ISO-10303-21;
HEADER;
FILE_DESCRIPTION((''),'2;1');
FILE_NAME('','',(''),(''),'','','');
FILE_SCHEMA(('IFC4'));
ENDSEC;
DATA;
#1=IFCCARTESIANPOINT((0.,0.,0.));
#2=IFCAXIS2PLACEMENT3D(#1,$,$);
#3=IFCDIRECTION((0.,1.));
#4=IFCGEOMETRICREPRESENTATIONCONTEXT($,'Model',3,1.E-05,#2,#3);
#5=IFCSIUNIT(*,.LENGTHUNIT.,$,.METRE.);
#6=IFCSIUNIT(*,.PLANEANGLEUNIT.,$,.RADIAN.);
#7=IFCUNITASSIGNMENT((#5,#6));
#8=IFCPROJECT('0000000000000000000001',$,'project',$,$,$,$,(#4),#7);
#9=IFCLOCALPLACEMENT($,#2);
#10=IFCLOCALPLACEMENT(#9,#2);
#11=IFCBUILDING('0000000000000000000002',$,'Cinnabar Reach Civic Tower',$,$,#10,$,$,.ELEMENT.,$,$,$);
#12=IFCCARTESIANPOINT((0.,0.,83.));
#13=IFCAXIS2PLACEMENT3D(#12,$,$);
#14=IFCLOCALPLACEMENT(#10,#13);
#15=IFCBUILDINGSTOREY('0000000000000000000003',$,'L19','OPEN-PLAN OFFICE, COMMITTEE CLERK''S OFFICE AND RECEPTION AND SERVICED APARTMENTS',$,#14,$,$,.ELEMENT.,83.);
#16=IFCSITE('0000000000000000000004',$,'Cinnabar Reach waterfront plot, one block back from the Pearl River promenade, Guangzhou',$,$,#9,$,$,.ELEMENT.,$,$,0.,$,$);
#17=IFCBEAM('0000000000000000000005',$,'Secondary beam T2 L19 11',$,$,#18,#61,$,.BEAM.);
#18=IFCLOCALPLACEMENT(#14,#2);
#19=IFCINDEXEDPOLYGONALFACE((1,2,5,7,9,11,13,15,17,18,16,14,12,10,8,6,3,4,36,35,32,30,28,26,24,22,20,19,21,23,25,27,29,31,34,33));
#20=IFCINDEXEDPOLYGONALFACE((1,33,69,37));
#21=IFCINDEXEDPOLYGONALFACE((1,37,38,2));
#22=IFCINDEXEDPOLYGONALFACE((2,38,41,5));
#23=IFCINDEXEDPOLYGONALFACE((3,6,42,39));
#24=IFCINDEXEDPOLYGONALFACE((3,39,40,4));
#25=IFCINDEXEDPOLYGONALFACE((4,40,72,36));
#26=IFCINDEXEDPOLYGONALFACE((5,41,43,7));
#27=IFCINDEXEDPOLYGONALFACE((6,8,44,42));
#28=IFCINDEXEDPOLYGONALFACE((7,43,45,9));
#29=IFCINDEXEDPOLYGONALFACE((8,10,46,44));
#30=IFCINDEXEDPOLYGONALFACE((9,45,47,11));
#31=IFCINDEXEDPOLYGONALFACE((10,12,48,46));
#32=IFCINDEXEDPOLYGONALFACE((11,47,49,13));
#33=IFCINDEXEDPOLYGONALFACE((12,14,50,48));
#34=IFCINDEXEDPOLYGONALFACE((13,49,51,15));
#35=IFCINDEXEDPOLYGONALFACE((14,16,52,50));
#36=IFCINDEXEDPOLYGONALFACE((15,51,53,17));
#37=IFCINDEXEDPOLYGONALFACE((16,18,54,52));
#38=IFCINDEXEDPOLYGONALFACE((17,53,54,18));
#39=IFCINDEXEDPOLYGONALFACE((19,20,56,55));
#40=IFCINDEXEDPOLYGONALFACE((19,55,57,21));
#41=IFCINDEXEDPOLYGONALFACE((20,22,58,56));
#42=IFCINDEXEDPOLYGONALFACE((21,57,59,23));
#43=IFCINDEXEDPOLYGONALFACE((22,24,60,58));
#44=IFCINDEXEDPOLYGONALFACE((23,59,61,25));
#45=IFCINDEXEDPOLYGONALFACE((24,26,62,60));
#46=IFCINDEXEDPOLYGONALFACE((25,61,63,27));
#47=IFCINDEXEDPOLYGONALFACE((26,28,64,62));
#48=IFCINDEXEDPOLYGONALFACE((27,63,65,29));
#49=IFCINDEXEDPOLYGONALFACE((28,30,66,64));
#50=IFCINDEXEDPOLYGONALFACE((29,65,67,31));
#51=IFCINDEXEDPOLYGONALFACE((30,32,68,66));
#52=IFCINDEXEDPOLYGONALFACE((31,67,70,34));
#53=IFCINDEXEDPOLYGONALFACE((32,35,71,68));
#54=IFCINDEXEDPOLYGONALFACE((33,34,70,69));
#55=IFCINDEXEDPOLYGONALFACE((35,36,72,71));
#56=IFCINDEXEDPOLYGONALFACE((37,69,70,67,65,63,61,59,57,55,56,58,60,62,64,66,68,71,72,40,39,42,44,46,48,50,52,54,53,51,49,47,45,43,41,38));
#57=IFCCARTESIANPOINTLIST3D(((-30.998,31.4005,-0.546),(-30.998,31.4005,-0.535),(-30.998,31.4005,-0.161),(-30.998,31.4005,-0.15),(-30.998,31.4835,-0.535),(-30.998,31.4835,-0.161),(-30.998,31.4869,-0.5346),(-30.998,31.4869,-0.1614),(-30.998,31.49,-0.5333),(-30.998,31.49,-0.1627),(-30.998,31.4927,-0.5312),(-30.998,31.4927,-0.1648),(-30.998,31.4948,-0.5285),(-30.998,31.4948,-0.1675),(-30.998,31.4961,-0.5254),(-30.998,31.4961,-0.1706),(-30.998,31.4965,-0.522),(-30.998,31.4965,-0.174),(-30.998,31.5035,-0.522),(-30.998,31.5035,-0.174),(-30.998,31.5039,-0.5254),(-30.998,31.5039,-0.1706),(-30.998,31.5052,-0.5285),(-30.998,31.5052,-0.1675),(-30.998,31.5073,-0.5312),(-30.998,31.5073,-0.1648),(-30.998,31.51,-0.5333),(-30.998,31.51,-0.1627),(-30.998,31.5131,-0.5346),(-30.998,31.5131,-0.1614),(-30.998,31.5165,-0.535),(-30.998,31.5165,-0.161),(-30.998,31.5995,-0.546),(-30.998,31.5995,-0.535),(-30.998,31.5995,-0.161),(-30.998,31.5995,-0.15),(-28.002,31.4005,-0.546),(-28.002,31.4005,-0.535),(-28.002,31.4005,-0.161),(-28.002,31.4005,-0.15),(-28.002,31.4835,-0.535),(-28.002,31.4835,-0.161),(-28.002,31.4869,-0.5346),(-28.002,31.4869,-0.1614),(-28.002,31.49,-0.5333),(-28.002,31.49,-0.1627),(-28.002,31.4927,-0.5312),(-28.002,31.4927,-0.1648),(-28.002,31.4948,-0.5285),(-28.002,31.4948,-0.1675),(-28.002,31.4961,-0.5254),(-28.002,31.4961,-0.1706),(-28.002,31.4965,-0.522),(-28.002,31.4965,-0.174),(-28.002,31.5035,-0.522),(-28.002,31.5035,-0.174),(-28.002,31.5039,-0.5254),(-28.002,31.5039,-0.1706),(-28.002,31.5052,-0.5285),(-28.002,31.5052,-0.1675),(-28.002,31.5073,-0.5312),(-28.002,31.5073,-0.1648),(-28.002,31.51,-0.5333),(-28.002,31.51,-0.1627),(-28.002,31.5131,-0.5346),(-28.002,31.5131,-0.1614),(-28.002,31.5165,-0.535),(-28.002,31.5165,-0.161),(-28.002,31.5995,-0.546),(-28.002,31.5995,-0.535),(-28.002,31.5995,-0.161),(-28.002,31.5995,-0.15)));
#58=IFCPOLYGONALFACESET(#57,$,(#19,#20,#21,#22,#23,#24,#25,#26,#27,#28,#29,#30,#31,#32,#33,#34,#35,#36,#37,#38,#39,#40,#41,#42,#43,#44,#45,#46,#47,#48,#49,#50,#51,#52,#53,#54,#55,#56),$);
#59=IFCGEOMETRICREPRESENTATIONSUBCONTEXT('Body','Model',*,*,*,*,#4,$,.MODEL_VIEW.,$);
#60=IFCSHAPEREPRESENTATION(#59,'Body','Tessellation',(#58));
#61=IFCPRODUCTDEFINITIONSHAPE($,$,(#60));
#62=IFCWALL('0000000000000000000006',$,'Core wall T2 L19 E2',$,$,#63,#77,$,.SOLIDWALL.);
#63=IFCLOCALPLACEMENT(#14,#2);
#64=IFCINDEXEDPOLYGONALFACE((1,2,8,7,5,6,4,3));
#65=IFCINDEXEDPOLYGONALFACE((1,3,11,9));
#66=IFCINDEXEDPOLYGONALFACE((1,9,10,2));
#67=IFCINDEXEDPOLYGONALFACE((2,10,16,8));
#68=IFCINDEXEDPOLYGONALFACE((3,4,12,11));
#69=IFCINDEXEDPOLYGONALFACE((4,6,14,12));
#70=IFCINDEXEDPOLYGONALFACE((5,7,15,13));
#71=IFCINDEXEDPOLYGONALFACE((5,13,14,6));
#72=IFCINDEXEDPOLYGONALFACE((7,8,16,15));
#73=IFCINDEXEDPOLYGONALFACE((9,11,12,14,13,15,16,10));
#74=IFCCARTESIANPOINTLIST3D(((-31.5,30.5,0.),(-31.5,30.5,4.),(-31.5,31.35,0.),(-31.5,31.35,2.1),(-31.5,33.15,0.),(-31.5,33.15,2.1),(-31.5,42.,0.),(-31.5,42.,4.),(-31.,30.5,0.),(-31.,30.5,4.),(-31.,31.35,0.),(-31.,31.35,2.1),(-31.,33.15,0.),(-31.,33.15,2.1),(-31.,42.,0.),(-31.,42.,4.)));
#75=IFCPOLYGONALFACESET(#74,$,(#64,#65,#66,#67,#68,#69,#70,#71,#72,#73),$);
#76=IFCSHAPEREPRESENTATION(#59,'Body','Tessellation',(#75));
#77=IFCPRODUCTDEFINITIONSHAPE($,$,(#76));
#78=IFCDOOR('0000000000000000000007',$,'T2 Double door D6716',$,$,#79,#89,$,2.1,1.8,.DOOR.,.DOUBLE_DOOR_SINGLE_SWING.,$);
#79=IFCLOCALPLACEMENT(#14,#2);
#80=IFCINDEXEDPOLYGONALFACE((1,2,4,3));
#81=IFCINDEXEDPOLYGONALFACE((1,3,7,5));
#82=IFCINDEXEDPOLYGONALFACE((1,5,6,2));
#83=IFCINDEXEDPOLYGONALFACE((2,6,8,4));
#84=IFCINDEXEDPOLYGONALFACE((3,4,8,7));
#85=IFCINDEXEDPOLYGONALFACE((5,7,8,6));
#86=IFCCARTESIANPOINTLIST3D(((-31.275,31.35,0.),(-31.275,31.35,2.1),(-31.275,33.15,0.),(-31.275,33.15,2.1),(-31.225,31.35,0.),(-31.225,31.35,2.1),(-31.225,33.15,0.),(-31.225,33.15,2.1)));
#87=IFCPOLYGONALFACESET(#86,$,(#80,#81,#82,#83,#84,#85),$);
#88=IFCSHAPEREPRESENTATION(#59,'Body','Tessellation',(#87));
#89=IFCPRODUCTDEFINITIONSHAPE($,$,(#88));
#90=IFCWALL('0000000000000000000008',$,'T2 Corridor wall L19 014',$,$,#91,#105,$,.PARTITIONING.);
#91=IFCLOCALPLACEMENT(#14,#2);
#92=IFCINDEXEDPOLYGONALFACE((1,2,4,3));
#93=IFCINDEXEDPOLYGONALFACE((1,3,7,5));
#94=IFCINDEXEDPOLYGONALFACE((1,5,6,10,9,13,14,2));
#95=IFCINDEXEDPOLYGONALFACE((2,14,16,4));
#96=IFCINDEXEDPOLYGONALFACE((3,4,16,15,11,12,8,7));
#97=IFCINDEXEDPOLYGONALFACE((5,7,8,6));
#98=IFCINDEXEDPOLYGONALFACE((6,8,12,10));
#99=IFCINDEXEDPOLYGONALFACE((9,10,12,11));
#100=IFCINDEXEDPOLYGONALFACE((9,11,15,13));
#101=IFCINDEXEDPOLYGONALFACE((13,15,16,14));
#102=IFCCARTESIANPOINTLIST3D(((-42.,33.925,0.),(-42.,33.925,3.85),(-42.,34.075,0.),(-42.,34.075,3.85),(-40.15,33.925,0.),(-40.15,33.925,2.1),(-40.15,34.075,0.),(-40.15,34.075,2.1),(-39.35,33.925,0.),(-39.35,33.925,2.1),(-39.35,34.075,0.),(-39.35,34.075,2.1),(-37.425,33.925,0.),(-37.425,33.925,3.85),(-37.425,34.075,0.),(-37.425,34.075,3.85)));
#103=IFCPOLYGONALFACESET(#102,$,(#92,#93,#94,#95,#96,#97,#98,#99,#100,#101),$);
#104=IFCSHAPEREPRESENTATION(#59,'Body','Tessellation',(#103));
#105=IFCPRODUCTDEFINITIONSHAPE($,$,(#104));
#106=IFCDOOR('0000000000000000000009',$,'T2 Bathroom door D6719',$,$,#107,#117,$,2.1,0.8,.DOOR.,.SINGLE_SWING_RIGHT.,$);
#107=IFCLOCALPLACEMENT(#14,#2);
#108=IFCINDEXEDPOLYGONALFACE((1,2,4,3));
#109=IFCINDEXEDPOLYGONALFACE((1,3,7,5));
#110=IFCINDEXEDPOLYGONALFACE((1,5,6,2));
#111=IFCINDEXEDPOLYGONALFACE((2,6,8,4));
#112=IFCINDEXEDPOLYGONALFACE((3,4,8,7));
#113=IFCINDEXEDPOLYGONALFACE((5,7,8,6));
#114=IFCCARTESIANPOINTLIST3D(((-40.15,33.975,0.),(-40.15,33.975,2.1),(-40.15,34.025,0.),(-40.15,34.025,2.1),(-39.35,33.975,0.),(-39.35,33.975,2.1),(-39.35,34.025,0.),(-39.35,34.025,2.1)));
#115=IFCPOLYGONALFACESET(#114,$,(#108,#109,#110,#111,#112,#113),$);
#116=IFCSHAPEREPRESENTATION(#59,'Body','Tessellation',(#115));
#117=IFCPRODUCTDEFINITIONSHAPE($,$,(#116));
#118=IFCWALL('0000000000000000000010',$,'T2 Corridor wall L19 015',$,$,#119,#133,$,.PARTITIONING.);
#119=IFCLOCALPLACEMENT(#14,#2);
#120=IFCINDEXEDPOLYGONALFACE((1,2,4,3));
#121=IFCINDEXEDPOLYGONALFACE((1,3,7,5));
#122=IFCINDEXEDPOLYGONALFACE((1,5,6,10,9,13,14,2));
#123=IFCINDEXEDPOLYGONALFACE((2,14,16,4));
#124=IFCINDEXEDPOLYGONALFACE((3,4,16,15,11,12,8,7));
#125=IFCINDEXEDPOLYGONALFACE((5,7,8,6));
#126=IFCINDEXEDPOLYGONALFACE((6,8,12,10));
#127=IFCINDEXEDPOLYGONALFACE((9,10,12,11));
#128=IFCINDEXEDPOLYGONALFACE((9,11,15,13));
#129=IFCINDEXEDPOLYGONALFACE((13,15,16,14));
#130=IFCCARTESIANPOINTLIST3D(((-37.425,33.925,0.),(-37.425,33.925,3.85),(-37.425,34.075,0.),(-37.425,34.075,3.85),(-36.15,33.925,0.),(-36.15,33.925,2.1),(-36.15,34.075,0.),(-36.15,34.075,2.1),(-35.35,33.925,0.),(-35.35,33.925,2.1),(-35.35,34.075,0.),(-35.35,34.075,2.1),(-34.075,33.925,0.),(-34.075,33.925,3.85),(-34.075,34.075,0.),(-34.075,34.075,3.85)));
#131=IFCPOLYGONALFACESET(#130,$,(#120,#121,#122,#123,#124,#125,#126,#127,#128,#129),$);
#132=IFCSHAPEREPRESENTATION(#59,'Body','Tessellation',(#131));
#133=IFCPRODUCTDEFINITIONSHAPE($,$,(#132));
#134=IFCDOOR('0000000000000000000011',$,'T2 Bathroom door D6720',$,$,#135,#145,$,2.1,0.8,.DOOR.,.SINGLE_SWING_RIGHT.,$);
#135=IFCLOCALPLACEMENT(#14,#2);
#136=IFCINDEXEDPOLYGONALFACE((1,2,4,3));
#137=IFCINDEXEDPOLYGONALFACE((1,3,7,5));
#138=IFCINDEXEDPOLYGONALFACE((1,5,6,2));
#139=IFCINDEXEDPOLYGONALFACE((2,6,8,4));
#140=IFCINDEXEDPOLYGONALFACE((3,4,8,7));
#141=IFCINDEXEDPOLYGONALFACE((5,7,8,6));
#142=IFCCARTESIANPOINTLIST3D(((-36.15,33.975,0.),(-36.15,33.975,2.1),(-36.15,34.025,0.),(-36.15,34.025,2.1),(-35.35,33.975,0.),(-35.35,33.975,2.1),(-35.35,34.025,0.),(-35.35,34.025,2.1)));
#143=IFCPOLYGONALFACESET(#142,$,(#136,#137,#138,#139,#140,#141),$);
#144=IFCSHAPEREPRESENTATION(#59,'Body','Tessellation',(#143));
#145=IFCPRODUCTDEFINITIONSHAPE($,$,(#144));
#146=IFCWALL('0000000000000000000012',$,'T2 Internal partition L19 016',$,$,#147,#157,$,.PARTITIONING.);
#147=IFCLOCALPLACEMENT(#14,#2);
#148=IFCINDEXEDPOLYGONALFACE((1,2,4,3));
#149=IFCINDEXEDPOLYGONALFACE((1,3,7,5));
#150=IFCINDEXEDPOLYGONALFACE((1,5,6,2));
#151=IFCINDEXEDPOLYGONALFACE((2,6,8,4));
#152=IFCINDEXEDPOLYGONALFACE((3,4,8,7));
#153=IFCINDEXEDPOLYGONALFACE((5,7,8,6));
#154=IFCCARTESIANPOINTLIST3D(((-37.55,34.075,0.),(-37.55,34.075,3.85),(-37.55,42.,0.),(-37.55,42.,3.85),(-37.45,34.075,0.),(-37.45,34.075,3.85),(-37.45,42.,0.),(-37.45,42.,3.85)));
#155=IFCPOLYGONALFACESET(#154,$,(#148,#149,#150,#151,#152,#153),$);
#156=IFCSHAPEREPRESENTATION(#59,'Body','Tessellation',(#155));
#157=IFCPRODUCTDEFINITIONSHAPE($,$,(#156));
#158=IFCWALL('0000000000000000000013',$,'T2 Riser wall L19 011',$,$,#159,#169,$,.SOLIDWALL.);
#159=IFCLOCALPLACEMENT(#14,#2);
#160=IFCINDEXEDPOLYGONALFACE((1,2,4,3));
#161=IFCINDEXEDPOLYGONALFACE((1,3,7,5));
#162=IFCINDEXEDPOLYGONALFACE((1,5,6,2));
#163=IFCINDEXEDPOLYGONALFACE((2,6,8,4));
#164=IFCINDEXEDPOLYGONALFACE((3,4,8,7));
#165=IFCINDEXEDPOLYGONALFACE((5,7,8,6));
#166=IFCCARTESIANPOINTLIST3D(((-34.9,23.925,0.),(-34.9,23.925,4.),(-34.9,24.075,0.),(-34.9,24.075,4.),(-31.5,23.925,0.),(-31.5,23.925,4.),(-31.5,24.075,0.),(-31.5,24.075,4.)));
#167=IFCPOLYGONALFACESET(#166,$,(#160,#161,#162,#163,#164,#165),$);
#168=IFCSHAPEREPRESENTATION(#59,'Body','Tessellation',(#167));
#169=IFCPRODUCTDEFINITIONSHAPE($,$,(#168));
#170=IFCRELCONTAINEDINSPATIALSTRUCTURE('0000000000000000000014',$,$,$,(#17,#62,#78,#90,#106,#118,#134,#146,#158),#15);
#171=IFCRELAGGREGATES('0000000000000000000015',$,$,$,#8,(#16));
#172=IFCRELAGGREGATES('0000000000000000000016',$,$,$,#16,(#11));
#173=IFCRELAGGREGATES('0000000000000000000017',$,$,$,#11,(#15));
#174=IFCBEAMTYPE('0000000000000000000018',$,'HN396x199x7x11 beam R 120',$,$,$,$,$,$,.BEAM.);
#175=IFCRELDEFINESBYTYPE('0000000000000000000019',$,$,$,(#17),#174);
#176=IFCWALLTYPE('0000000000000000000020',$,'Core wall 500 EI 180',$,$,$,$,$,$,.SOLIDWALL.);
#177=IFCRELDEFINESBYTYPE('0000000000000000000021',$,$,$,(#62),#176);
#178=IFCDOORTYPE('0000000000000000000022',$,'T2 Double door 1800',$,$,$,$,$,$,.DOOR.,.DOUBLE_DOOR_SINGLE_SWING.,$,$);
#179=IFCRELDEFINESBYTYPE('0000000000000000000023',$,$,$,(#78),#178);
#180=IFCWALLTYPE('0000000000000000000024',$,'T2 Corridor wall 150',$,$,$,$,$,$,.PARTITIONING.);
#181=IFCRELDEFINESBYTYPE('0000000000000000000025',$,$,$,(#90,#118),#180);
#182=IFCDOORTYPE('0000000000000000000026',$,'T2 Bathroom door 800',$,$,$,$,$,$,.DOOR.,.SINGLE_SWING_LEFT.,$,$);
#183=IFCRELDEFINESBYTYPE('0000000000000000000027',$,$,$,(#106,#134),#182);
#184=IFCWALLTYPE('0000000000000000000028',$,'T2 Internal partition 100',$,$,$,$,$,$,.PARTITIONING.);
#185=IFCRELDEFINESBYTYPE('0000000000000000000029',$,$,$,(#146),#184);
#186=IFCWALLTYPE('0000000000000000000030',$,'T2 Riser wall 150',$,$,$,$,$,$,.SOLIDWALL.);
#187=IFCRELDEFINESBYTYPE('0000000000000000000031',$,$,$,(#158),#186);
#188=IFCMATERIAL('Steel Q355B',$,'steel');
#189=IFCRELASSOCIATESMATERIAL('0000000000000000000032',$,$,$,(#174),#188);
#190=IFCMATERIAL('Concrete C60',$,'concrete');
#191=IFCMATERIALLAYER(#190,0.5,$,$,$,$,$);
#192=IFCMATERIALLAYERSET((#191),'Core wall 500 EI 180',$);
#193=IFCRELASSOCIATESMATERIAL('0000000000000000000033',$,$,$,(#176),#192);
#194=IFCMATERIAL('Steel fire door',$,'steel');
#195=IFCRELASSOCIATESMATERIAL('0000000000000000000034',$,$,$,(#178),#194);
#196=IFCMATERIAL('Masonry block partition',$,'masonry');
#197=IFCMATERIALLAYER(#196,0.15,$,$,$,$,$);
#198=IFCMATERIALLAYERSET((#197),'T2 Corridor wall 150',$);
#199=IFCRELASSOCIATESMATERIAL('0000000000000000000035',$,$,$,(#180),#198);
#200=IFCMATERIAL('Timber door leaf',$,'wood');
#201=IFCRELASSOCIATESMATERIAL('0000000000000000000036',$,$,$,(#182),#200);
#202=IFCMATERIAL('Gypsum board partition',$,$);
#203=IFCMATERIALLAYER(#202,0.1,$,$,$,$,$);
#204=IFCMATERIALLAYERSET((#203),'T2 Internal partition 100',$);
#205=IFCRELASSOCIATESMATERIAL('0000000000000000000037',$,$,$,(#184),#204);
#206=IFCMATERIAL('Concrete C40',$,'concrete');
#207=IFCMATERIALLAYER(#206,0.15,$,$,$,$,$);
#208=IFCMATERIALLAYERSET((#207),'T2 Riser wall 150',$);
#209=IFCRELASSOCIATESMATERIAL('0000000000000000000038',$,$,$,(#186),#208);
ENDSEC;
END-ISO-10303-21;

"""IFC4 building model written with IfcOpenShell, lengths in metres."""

from ifc_helpers import new_model, si_unit, direction, frame, frame_2d, origin, origin_2d, place, context, subcontext, project, spatial, rectangle, i_section, extrude, material, layer, layer_set, material_profile, profile_set, type_object, element, fill, save


model = new_model("IFC4")

# Units and contexts
model_context = context("Model", 3, precision=1e-05, world=origin(), true_north=direction((0.0, 1.0)))
body_context = subcontext(model_context, "Body", "Model", "MODEL_VIEW")
ifc_project = project(units=[si_unit("LENGTHUNIT", "METRE"), si_unit("PLANEANGLEUNIT", "RADIAN")], contexts=[model_context])

# Site, building, storey
site_placement = place(None, origin())
site = spatial("IfcSite", under=ifc_project, at=site_placement, Name="Cinnabar Reach waterfront plot, one block back from the Pearl River promenade, Guangzhou", CompositionType="ELEMENT", RefElevation=0.0)
building_placement = place(site_placement, origin())
building = spatial("IfcBuilding", under=site, at=building_placement, Name="Cinnabar Reach Civic Tower", CompositionType="ELEMENT")
storey_placement = place(building_placement, frame((0.0, 0.0, 83.0)))
storey = spatial("IfcBuildingStorey", under=building, at=storey_placement, Name="L19", Description="OPEN-PLAN OFFICE, COMMITTEE CLERK'S OFFICE AND RECEPTION AND SERVICED APARTMENTS", CompositionType="ELEMENT", Elevation=83.0)

# Beam
ifc_material_1 = material(Name="Steel Q355B", Category="steel")
ifc_material_profile = material_profile(ifc_material_1, i_section(OverallWidth=0.199, OverallDepth=0.396, WebThickness=0.007, FlangeThickness=0.011, FilletRadius=0.013, at=origin_2d()), Name="HN396x199x7x11")
ifc_profile_set = profile_set([ifc_material_profile], Name="Steel Q355B")
beam_type = type_object("IfcBeamType", Name="HN396x199x7x11 beam R 120", PredefinedType="BEAM", material=ifc_profile_set)
beam_placement = place(storey_placement, frame((-30.998, 31.5, -0.348), z_axis=(1.0, 0.0, 0.0), x_axis=(0.0, 1.0, 0.0)))
element("IfcBeam", 1, at=beam_placement, inside=storey, type_object=beam_type, Name="Secondary beam T2 L19 11", PredefinedType="BEAM", context=body_context, shape_type="SweptSolid", body=[
    extrude(i_section(OverallWidth=0.199, OverallDepth=0.396, WebThickness=0.007, FlangeThickness=0.011, FilletRadius=0.013, at=origin_2d()), origin(), (0.0, 0.0, 1.0), 2.996),
])

# Walls, openings, doors
ifc_material_2 = material(Name="Concrete C60", Category="concrete")
ifc_layer_1 = layer(ifc_material_2, 0.5)
ifc_layer_set_1 = layer_set([ifc_layer_1], Name="Core wall 500 EI 180")
wall_type_1 = type_object("IfcWallType", Name="Core wall 500 EI 180", PredefinedType="SOLIDWALL", material=ifc_layer_set_1)
wall_1_placement = place(storey_placement, frame((-31.25, 30.5, 0.0), z_axis=(0.0, 0.0, 1.0), x_axis=(0.0, 1.0, 0.0)))
wall_1 = element("IfcWall", 2, at=wall_1_placement, inside=storey, type_object=wall_type_1, Name="Core wall T2 L19 E2", PredefinedType="SOLIDWALL", context=body_context, shape_type="SweptSolid", body=[
    extrude(rectangle(XDim=11.5, YDim=0.5, at=frame_2d((5.75, 0.0))), origin(), (0.0, 0.0, 1.0), 4.0),
])
opening_1_placement = place(wall_1_placement, frame((0.85, 0.0, 0.0)))
opening_1 = element("IfcOpeningElement", 3, at=opening_1_placement, cuts=wall_1, PredefinedType="OPENING", context=body_context, shape_type="SweptSolid", body=[
    extrude(rectangle(XDim=1.8, YDim=2.1, at=frame_2d((0.9, 1.05))), frame((0.0, 0.26, 0.0), z_axis=(0.0, -1.0, 0.0), x_axis=(1.0, 0.0, 0.0)), (0.0, 0.0, 1.0), 0.52),
])
ifc_material_3 = material(Name="Steel fire door", Category="steel")
door_type_1 = type_object("IfcDoorType", Name="T2 Double door 1800", OperationType="DOUBLE_DOOR_SINGLE_SWING", PredefinedType="DOOR", material=ifc_material_3)
door_1_placement = place(opening_1_placement, origin())
door_1 = element("IfcDoor", 4, at=door_1_placement, inside=storey, type_object=door_type_1, Name="T2 Double door D6716", OperationType="DOUBLE_DOOR_SINGLE_SWING", OverallHeight=2.1, OverallWidth=1.8, PredefinedType="DOOR", context=body_context, shape_type="SweptSolid", body=[
    extrude(rectangle(XDim=1.8, YDim=2.1, at=frame_2d((0.9, 1.05))), frame((0.0, 0.025, 0.0), z_axis=(0.0, -1.0, 0.0), x_axis=(1.0, 0.0, 0.0)), (0.0, 0.0, 1.0), 0.05),
])
fill(opening_1, door_1)
ifc_material_4 = material(Name="Masonry block partition", Category="masonry")
ifc_layer_2 = layer(ifc_material_4, 0.15)
ifc_layer_set_2 = layer_set([ifc_layer_2], Name="T2 Corridor wall 150")
wall_type_2 = type_object("IfcWallType", Name="T2 Corridor wall 150", PredefinedType="PARTITIONING", material=ifc_layer_set_2)
wall_2_placement = place(storey_placement, frame((-37.425, 34.0, 0.0), z_axis=(0.0, 0.0, 1.0), x_axis=(-1.0, 0.0, 0.0)))
wall_2 = element("IfcWall", 5, at=wall_2_placement, inside=storey, type_object=wall_type_2, Name="T2 Corridor wall L19 014", PredefinedType="PARTITIONING", context=body_context, shape_type="SweptSolid", body=[
    extrude(rectangle(XDim=4.575, YDim=0.15, at=frame_2d((2.2875, 0.0))), origin(), (0.0, 0.0, 1.0), 3.85),
])
opening_2_placement = place(wall_2_placement, frame((1.925, 0.0, 0.0)))
opening_2 = element("IfcOpeningElement", 6, at=opening_2_placement, cuts=wall_2, PredefinedType="OPENING", context=body_context, shape_type="SweptSolid", body=[
    extrude(rectangle(XDim=0.8, YDim=2.1, at=frame_2d((0.4, 1.05))), frame((0.0, 0.085, 0.0), z_axis=(0.0, -1.0, 0.0), x_axis=(1.0, 0.0, 0.0)), (0.0, 0.0, 1.0), 0.17),
])
ifc_material_5 = material(Name="Timber door leaf", Category="wood")
door_type_2 = type_object("IfcDoorType", Name="T2 Bathroom door 800", OperationType="SINGLE_SWING_LEFT", PredefinedType="DOOR", material=ifc_material_5)
door_2_placement = place(opening_2_placement, frame((0.8, 0.0, 0.0), z_axis=(0.0, 0.0, 1.0), x_axis=(-1.0, 0.0, 0.0)))
door_2 = element("IfcDoor", 7, at=door_2_placement, inside=storey, type_object=door_type_2, Name="T2 Bathroom door D6719", OperationType="SINGLE_SWING_RIGHT", OverallHeight=2.1, OverallWidth=0.8, PredefinedType="DOOR", context=body_context, shape_type="SweptSolid", body=[
    extrude(rectangle(XDim=0.8, YDim=2.1, at=frame_2d((0.4, 1.05))), frame((0.0, 0.025, 0.0), z_axis=(0.0, -1.0, 0.0), x_axis=(1.0, 0.0, 0.0)), (0.0, 0.0, 1.0), 0.05),
])
fill(opening_2, door_2)
wall_3_placement = place(storey_placement, frame((-34.075, 34.0, 0.0), z_axis=(0.0, 0.0, 1.0), x_axis=(-1.0, 0.0, 0.0)))
wall_3 = element("IfcWall", 8, at=wall_3_placement, inside=storey, type_object=wall_type_2, Name="T2 Corridor wall L19 015", PredefinedType="PARTITIONING", context=body_context, shape_type="SweptSolid", body=[
    extrude(rectangle(XDim=3.35, YDim=0.15, at=frame_2d((1.675, 0.0))), origin(), (0.0, 0.0, 1.0), 3.85),
])
opening_3_placement = place(wall_3_placement, frame((1.275, 0.0, 0.0)))
opening_3 = element("IfcOpeningElement", 9, at=opening_3_placement, cuts=wall_3, PredefinedType="OPENING", context=body_context, shape_type="SweptSolid", body=[
    extrude(rectangle(XDim=0.8, YDim=2.1, at=frame_2d((0.4, 1.05))), frame((0.0, 0.085, 0.0), z_axis=(0.0, -1.0, 0.0), x_axis=(1.0, 0.0, 0.0)), (0.0, 0.0, 1.0), 0.17),
])
door_3_placement = place(opening_3_placement, frame((0.8, 0.0, 0.0), z_axis=(0.0, 0.0, 1.0), x_axis=(-1.0, 0.0, 0.0)))
door_3 = element("IfcDoor", 10, at=door_3_placement, inside=storey, type_object=door_type_2, Name="T2 Bathroom door D6720", OperationType="SINGLE_SWING_RIGHT", OverallHeight=2.1, OverallWidth=0.8, PredefinedType="DOOR", context=body_context, shape_type="SweptSolid", body=[
    extrude(rectangle(XDim=0.8, YDim=2.1, at=frame_2d((0.4, 1.05))), frame((0.0, 0.025, 0.0), z_axis=(0.0, -1.0, 0.0), x_axis=(1.0, 0.0, 0.0)), (0.0, 0.0, 1.0), 0.05),
])
fill(opening_3, door_3)

# Walls
ifc_material_6 = material(Name="Gypsum board partition")
ifc_layer_3 = layer(ifc_material_6, 0.1)
ifc_layer_set_3 = layer_set([ifc_layer_3], Name="T2 Internal partition 100")
wall_type_3 = type_object("IfcWallType", Name="T2 Internal partition 100", PredefinedType="PARTITIONING", material=ifc_layer_set_3)
wall_4_placement = place(storey_placement, frame((-37.5, 34.075, 0.0), z_axis=(0.0, 0.0, 1.0), x_axis=(0.0, 1.0, 0.0)))
element("IfcWall", 11, at=wall_4_placement, inside=storey, type_object=wall_type_3, Name="T2 Internal partition L19 016", PredefinedType="PARTITIONING", context=body_context, shape_type="SweptSolid", body=[
    extrude(rectangle(XDim=7.925, YDim=0.1, at=frame_2d((3.9625, 0.0))), origin(), (0.0, 0.0, 1.0), 3.85),
])
ifc_material_7 = material(Name="Concrete C40", Category="concrete")
ifc_layer_4 = layer(ifc_material_7, 0.15)
ifc_layer_set_4 = layer_set([ifc_layer_4], Name="T2 Riser wall 150")
wall_type_4 = type_object("IfcWallType", Name="T2 Riser wall 150", PredefinedType="SOLIDWALL", material=ifc_layer_set_4)
wall_5_placement = place(storey_placement, frame((-31.5, 24.0, 0.0), z_axis=(0.0, 0.0, 1.0), x_axis=(-1.0, 0.0, 0.0)))
element("IfcWall", 12, at=wall_5_placement, inside=storey, type_object=wall_type_4, Name="T2 Riser wall L19 011", PredefinedType="SOLIDWALL", context=body_context, shape_type="SweptSolid", body=[
    extrude(rectangle(XDim=3.4, YDim=0.15, at=frame_2d((1.7, 0.0))), origin(), (0.0, 0.0, 1.0), 4.0),
])

save(model, "model.ifc")
